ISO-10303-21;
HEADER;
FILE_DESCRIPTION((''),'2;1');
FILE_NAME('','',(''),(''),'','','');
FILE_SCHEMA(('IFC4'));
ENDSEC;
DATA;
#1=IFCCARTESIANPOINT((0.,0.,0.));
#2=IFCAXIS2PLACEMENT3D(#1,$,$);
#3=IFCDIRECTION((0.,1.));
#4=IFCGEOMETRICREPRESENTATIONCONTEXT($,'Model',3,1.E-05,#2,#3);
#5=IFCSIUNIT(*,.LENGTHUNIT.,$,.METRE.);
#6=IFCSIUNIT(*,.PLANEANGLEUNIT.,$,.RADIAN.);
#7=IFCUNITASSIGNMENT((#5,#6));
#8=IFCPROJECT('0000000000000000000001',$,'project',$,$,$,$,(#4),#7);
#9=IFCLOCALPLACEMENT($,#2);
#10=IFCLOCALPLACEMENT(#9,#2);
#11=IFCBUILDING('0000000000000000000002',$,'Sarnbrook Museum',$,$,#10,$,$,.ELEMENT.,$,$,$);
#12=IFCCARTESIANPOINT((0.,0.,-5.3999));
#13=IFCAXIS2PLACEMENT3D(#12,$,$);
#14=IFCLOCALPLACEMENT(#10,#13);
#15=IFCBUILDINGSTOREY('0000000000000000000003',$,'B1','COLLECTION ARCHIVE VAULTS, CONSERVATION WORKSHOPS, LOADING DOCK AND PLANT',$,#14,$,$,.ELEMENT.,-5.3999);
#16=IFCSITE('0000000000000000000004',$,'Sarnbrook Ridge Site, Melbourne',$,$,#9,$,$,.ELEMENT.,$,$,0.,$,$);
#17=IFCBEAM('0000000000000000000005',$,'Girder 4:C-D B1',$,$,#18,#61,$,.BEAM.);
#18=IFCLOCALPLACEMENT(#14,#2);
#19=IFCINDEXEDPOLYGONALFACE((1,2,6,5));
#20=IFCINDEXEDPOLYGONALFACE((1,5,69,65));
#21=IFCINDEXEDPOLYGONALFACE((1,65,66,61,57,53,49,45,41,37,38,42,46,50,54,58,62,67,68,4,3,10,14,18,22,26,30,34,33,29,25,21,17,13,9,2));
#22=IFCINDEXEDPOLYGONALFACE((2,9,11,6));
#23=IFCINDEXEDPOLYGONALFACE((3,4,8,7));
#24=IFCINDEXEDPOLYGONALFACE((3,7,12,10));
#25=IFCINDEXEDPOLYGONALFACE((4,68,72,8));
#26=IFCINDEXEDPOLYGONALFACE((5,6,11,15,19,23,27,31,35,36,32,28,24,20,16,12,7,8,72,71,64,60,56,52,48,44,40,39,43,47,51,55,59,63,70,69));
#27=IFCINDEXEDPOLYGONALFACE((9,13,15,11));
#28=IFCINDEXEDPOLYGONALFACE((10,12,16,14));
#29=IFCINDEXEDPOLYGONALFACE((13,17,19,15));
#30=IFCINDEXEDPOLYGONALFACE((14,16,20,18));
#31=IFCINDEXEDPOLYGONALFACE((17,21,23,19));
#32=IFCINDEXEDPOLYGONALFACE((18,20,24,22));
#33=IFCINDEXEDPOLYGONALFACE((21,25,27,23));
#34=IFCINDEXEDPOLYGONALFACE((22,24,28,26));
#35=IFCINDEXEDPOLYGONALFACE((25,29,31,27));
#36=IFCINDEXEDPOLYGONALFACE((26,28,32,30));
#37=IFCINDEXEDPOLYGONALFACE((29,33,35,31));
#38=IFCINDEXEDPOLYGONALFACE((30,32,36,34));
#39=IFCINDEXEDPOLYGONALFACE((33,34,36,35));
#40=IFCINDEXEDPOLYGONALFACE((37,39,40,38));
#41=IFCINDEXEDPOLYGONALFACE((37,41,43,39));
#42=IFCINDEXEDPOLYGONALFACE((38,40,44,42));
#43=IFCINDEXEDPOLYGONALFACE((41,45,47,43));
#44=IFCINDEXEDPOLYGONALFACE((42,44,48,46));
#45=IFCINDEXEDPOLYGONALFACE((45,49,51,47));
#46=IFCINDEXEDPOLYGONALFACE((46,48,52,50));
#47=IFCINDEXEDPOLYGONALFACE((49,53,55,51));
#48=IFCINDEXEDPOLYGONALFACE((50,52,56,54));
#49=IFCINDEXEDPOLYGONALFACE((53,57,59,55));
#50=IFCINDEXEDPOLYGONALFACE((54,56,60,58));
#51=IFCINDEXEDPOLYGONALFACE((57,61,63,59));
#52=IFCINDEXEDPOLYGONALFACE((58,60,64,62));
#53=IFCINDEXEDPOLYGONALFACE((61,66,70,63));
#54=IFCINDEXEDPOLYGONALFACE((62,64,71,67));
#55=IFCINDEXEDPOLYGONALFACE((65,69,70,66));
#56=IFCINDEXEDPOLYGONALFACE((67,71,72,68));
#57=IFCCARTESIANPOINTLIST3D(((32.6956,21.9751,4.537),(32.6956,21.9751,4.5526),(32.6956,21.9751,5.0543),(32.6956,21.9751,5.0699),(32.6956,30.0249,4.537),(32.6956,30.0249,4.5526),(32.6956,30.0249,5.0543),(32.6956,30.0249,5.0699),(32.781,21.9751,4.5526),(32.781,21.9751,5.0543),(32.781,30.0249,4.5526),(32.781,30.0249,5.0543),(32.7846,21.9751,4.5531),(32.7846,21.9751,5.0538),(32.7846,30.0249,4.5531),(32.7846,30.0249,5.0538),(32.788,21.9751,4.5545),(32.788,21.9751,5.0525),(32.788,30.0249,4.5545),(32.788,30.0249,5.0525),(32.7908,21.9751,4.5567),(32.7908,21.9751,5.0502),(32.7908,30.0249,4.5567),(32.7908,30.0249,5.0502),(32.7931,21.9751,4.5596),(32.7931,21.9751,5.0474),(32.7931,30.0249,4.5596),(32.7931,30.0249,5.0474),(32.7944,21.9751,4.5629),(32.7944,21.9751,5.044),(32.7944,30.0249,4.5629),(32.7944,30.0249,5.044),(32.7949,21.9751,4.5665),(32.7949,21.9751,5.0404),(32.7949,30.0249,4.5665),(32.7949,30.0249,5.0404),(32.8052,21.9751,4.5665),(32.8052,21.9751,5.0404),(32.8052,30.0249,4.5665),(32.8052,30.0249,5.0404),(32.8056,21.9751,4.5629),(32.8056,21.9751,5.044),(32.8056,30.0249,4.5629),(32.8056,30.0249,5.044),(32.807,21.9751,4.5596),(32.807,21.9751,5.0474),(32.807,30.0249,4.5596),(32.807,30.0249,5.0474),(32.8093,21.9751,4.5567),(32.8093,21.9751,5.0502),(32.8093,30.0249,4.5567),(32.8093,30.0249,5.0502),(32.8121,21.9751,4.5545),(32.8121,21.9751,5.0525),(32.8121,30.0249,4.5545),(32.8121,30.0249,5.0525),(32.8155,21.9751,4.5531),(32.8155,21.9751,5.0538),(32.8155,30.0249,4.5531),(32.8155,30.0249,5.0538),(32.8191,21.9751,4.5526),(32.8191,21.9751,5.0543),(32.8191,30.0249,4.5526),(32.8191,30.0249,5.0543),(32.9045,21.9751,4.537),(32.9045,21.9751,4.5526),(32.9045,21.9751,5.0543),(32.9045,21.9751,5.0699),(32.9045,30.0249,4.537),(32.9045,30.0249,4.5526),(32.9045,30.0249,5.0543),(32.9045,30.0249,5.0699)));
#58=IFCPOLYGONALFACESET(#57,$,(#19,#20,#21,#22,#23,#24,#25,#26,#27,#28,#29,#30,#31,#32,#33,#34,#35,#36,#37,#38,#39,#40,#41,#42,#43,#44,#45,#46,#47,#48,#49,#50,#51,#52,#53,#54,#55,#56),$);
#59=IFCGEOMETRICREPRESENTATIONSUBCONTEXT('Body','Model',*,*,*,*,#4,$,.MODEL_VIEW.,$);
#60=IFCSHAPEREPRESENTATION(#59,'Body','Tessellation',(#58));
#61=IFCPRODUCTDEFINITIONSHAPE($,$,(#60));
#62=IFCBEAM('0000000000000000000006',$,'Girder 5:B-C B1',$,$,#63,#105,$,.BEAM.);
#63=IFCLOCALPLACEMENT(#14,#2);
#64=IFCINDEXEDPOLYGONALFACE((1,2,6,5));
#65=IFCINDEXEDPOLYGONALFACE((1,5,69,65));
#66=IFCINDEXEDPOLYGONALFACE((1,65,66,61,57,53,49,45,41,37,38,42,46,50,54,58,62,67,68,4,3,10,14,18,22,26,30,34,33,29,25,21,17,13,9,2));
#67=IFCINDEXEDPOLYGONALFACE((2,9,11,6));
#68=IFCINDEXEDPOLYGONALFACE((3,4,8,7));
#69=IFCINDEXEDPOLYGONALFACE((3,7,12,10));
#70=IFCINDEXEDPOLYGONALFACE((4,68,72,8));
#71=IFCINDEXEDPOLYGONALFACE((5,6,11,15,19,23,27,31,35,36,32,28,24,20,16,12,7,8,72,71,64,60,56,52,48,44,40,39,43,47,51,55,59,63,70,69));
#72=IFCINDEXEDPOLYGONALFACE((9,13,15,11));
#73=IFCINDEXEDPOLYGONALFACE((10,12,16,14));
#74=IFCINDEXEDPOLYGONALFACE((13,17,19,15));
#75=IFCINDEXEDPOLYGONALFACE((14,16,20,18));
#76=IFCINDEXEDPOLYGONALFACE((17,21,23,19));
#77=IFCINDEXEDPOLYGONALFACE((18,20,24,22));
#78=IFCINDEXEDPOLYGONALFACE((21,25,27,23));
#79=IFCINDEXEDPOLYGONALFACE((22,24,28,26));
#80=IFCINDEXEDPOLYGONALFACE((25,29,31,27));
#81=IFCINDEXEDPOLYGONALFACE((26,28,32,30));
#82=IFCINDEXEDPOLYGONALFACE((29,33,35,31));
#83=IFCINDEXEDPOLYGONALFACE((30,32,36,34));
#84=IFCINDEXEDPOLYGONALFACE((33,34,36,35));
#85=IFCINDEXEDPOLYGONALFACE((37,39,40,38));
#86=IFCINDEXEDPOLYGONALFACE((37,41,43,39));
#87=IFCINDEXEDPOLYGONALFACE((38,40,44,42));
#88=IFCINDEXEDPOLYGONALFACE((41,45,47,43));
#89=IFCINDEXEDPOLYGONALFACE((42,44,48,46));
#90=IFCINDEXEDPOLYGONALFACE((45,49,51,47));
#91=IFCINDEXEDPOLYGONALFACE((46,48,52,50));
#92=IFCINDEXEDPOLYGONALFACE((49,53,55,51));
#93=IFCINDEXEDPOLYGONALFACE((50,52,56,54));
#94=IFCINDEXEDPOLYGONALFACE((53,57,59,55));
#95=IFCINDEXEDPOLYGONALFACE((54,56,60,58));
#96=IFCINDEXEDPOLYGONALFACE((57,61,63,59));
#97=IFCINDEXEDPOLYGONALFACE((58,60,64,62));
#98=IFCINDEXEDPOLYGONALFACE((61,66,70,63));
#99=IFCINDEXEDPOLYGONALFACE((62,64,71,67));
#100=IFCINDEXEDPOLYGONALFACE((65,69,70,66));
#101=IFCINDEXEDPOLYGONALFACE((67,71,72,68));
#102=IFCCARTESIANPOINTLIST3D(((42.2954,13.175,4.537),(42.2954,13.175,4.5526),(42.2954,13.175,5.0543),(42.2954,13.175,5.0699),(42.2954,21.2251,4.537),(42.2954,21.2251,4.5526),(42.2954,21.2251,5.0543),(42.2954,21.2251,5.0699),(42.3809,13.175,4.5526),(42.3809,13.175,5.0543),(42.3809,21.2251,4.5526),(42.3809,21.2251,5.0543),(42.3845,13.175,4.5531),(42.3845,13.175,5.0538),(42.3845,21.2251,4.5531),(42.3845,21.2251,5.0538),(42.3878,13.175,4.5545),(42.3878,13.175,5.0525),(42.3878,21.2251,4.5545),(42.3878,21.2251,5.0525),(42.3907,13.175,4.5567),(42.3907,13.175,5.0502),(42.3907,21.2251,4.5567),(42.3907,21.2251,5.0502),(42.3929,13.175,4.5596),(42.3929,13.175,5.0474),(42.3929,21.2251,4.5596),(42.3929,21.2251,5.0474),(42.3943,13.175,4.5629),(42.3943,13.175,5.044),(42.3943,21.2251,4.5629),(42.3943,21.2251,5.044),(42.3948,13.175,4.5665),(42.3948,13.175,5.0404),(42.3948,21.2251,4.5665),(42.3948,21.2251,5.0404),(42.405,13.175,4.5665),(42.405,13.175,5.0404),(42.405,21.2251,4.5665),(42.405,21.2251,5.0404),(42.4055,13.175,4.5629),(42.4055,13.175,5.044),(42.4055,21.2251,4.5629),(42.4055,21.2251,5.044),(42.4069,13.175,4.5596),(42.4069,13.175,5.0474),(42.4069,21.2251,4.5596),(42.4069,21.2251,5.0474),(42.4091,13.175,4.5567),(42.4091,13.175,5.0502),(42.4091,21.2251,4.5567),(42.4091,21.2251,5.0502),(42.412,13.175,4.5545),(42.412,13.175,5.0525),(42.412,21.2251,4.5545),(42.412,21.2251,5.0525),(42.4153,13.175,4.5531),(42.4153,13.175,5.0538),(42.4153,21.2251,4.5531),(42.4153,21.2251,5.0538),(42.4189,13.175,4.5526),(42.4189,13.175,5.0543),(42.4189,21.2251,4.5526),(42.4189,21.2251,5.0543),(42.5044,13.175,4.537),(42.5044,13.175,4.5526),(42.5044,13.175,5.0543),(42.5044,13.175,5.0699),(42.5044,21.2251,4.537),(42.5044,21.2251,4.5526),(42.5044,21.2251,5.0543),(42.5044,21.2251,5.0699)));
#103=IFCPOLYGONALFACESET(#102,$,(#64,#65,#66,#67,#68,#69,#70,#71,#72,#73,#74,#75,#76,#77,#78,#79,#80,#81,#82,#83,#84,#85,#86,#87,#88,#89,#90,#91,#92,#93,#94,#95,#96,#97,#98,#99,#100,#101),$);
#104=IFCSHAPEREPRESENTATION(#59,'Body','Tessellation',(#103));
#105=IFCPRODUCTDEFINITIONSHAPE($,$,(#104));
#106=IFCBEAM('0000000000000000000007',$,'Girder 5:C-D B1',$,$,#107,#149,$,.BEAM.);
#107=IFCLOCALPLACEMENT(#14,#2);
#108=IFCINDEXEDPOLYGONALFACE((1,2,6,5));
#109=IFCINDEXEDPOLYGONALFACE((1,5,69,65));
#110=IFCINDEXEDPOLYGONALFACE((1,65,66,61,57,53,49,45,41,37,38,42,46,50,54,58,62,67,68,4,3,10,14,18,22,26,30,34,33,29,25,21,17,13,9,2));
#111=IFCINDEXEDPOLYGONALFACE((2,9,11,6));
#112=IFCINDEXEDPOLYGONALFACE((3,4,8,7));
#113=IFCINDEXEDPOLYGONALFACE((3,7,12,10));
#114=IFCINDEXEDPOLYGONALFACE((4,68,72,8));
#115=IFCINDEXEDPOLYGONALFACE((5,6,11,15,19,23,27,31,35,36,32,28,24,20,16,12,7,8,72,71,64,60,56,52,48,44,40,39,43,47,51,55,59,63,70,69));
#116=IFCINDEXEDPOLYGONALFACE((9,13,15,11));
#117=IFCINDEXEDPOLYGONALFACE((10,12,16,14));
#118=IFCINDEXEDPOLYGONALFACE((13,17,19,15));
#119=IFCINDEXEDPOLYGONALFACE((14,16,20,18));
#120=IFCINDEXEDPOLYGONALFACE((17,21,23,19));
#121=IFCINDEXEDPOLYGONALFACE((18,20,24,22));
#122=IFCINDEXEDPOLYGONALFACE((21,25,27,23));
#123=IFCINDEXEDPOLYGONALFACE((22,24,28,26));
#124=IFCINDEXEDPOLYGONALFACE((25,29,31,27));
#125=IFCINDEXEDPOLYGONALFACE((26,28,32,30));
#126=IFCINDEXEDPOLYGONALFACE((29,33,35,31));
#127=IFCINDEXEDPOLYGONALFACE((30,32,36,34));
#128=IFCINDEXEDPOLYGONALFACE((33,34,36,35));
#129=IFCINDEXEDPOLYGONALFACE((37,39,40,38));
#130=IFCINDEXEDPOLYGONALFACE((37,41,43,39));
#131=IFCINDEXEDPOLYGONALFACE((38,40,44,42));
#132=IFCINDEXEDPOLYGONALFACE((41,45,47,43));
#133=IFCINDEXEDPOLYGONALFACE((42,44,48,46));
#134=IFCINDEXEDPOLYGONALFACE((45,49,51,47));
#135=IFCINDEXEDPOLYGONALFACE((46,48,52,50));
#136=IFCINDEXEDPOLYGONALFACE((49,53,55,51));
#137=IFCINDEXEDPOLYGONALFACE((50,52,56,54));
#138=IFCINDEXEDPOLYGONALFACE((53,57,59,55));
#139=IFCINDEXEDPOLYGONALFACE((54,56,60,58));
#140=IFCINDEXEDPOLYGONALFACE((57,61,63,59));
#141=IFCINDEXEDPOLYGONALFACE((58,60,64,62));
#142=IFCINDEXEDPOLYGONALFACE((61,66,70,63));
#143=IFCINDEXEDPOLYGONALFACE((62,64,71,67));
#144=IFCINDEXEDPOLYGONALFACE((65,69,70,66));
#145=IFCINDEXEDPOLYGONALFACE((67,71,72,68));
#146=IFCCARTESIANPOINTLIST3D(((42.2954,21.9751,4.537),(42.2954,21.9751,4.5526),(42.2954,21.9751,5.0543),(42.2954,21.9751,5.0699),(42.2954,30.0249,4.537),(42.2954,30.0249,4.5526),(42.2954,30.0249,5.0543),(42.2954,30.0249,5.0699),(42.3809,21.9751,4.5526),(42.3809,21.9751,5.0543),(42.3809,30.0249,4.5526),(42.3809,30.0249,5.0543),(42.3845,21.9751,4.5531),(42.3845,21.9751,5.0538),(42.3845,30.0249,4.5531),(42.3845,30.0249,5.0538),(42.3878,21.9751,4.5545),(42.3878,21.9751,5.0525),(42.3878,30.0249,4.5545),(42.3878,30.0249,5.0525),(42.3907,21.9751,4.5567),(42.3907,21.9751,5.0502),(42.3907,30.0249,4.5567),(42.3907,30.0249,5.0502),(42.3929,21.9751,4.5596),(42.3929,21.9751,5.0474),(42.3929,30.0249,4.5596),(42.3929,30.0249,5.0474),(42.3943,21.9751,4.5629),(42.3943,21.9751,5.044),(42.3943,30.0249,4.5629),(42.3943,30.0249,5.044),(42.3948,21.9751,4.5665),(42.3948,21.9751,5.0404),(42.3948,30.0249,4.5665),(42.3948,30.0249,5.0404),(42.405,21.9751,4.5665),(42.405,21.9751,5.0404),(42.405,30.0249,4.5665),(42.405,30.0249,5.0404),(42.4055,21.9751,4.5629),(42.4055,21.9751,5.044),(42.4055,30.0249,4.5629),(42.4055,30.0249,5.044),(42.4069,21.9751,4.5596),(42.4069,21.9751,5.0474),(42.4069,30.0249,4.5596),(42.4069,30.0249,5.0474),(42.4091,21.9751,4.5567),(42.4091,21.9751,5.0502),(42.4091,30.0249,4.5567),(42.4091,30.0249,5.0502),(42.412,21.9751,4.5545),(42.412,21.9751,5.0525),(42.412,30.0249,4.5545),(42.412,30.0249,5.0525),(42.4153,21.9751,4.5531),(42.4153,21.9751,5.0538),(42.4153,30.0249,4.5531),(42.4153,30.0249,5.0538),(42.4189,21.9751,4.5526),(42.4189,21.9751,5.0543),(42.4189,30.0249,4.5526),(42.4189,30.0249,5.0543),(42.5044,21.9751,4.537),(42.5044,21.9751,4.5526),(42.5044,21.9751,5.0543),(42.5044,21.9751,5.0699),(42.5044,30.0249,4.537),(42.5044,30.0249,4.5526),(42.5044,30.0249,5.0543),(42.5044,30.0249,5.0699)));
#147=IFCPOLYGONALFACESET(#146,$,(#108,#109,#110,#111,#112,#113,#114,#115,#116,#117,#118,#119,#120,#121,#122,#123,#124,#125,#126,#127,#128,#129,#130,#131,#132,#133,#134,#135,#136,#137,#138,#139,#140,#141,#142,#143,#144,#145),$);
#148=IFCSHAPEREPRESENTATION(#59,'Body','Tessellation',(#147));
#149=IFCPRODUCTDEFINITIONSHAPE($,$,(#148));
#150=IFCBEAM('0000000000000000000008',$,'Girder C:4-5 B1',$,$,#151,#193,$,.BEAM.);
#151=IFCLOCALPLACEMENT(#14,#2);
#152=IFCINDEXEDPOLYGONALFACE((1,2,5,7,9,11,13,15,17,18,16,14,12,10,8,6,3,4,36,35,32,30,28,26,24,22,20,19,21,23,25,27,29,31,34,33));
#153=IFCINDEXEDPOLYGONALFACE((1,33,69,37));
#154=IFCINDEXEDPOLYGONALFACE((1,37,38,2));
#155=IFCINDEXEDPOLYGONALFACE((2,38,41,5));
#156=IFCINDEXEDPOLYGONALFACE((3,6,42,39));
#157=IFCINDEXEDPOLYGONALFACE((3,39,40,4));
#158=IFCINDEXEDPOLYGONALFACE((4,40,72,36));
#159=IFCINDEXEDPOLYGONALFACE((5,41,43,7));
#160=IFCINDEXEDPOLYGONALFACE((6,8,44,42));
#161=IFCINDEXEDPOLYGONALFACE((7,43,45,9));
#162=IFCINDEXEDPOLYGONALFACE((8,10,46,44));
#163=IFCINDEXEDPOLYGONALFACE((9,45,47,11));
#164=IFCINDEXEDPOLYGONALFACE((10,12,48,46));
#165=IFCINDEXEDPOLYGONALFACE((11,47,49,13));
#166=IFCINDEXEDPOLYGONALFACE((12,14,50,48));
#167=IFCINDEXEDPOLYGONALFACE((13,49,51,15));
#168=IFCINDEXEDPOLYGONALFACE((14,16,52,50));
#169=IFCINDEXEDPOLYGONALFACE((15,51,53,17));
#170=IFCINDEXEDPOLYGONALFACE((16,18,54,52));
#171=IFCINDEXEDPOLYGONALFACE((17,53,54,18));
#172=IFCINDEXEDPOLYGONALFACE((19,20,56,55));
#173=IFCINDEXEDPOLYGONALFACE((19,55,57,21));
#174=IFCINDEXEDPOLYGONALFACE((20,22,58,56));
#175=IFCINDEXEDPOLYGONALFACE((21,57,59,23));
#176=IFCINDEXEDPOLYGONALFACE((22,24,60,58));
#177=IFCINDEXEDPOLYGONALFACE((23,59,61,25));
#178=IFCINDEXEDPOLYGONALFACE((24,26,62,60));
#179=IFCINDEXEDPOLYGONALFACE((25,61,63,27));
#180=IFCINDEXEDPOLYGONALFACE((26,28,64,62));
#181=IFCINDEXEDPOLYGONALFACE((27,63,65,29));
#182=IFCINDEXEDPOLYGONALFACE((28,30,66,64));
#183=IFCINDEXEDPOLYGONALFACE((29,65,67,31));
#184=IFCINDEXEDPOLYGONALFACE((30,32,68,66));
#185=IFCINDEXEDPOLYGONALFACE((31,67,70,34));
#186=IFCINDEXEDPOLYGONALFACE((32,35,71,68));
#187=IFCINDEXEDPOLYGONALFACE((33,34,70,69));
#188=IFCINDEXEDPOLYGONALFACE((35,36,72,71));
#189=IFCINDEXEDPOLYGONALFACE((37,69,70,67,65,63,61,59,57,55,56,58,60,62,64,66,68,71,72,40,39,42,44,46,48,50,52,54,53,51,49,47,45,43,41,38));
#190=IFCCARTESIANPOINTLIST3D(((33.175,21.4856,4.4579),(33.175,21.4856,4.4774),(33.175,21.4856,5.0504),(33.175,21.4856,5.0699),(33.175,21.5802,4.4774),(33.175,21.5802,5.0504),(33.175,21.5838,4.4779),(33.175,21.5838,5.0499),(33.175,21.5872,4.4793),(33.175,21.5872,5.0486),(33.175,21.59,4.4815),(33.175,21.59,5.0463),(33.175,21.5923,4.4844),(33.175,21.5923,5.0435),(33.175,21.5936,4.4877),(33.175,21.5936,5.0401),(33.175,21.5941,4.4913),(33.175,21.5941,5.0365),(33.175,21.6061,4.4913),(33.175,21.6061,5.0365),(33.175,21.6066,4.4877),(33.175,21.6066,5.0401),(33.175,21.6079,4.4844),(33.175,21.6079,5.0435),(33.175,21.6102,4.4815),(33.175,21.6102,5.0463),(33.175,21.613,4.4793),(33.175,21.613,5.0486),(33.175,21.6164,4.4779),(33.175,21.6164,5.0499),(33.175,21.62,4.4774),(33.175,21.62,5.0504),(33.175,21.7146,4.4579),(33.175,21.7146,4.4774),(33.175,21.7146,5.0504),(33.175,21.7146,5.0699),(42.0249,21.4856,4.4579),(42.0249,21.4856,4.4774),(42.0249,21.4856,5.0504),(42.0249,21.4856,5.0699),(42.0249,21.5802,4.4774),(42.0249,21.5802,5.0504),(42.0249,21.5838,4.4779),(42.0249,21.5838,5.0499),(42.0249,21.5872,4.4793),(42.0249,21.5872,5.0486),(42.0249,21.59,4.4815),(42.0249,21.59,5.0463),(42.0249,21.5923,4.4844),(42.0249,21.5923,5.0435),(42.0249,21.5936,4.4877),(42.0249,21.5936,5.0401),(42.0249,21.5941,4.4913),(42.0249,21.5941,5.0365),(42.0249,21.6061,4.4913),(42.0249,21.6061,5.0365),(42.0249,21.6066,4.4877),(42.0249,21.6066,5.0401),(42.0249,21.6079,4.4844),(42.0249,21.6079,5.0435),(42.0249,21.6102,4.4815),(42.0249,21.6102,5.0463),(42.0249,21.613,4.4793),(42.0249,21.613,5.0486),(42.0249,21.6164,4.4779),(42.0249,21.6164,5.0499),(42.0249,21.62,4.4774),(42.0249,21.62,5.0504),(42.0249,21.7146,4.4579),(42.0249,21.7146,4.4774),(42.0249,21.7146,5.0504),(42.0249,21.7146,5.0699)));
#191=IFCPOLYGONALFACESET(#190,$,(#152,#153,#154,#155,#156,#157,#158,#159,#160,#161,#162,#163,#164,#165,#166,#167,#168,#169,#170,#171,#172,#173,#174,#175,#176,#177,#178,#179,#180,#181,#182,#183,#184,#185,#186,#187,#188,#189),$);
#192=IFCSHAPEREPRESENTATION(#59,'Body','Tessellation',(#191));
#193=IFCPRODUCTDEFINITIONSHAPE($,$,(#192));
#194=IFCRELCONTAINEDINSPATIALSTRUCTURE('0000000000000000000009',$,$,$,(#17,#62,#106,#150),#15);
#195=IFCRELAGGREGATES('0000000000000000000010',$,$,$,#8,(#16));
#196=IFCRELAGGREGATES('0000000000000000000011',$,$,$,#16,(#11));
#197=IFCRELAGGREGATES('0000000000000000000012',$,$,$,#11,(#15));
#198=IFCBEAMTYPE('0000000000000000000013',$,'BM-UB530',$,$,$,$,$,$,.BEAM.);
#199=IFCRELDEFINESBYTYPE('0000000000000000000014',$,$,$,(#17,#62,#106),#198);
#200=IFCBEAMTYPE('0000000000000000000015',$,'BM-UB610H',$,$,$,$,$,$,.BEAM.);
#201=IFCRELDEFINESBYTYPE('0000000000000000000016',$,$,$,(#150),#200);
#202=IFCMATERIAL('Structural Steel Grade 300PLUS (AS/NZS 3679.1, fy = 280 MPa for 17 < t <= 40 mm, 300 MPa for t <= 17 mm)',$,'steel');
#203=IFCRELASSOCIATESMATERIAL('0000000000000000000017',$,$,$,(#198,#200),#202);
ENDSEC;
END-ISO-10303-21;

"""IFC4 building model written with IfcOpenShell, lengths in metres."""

from ifc_helpers import new_model, si_unit, direction, frame, origin, origin_2d, place, context, subcontext, project, spatial, i_section, extrude, material, material_profile, profile_set, type_object, element, save


model = new_model("IFC4")

# Units and contexts
model_context = context("Model", 3, precision=1e-05, world=origin(), true_north=direction((0.0, 1.0)))
body_context = subcontext(model_context, "Body", "Model", "MODEL_VIEW")
ifc_project = project(units=[si_unit("LENGTHUNIT", "METRE"), si_unit("PLANEANGLEUNIT", "RADIAN")], contexts=[model_context])

# Site, building, storey
site_placement = place(None, origin())
site = spatial("IfcSite", under=ifc_project, at=site_placement, Name="Sarnbrook Ridge Site, Melbourne", CompositionType="ELEMENT", RefElevation=0.0)
building_placement = place(site_placement, origin())
building = spatial("IfcBuilding", under=site, at=building_placement, Name="Sarnbrook Museum", CompositionType="ELEMENT")
storey_placement = place(building_placement, frame((0.0, 0.0, -5.3999)))
storey = spatial("IfcBuildingStorey", under=building, at=storey_placement, Name="B1", Description="COLLECTION ARCHIVE VAULTS, CONSERVATION WORKSHOPS, LOADING DOCK AND PLANT", CompositionType="ELEMENT", Elevation=-5.3999)

# Beams
ifc_material_1 = material(Name="Structural Steel Grade 300PLUS (AS/NZS 3679.1, fy = 280 MPa for 17 < t <= 40 mm, 300 MPa for t <= 17 mm)", Category="steel")
ifc_material_profile_1 = material_profile(ifc_material_1, i_section(OverallWidth=0.209, OverallDepth=0.533, WebThickness=0.0103, FlangeThickness=0.0156, FilletRadius=0.0139, at=origin_2d()), Name="530UB92.4")
ifc_profile_set_1 = profile_set([ifc_material_profile_1], Name="Structural Steel Grade 300PLUS (AS/NZS 3679.1, fy = 280 MPa for 17 < t <= 40 mm, 300 MPa for t <= 17 mm)")
beam_type_1 = type_object("IfcBeamType", Name="BM-UB530", PredefinedType="BEAM", material=ifc_profile_set_1)
beam_1_placement = place(storey_placement, frame((32.8, 21.9751, 4.8035), z_axis=(0.0, 1.0, 0.0), x_axis=(-1.0, 0.0, 0.0)))
element("IfcBeam", 1, at=beam_1_placement, inside=storey, type_object=beam_type_1, Name="Girder 4:C-D B1", PredefinedType="BEAM", context=body_context, shape_type="SweptSolid", body=[
    extrude(i_section(OverallWidth=0.209, OverallDepth=0.533, WebThickness=0.0103, FlangeThickness=0.0156, FilletRadius=0.0139, at=origin_2d()), origin(), (0.0, 0.0, 1.0), 8.0498),
])
beam_2_placement = place(storey_placement, frame((42.3999, 13.175, 4.8035), z_axis=(0.0, 1.0, 0.0), x_axis=(-1.0, 0.0, 0.0)))
element("IfcBeam", 2, at=beam_2_placement, inside=storey, type_object=beam_type_1, Name="Girder 5:B-C B1", PredefinedType="BEAM", context=body_context, shape_type="SweptSolid", body=[
    extrude(i_section(OverallWidth=0.209, OverallDepth=0.533, WebThickness=0.0103, FlangeThickness=0.0156, FilletRadius=0.0139, at=origin_2d()), origin(), (0.0, 0.0, 1.0), 8.05),
])
beam_3_placement = place(storey_placement, frame((42.3999, 21.9751, 4.8035), z_axis=(0.0, 1.0, 0.0), x_axis=(-1.0, 0.0, 0.0)))
element("IfcBeam", 3, at=beam_3_placement, inside=storey, type_object=beam_type_1, Name="Girder 5:C-D B1", PredefinedType="BEAM", context=body_context, shape_type="SweptSolid", body=[
    extrude(i_section(OverallWidth=0.209, OverallDepth=0.533, WebThickness=0.0103, FlangeThickness=0.0156, FilletRadius=0.0139, at=origin_2d()), origin(), (0.0, 0.0, 1.0), 8.0498),
])
ifc_material_profile_2 = material_profile(ifc_material_1, i_section(OverallWidth=0.229, OverallDepth=0.6121, WebThickness=0.012, FlangeThickness=0.0195, FilletRadius=0.0139, at=origin_2d()), Name="610UB125")
ifc_profile_set_2 = profile_set([ifc_material_profile_2], Name="Structural Steel Grade 300PLUS (AS/NZS 3679.1, fy = 280 MPa for 17 < t <= 40 mm, 300 MPa for t <= 17 mm)")
beam_type_2 = type_object("IfcBeamType", Name="BM-UB610H", PredefinedType="BEAM", material=ifc_profile_set_2)
beam_4_placement = place(storey_placement, frame((33.175, 21.6001, 4.7639), z_axis=(1.0, 0.0, 0.0), x_axis=(0.0, 1.0, 0.0)))
element("IfcBeam", 4, at=beam_4_placement, inside=storey, type_object=beam_type_2, Name="Girder C:4-5 B1", PredefinedType="BEAM", context=body_context, shape_type="SweptSolid", body=[
    extrude(i_section(OverallWidth=0.229, OverallDepth=0.6121, WebThickness=0.012, FlangeThickness=0.0195, FilletRadius=0.0139, at=origin_2d()), origin(), (0.0, 0.0, 1.0), 8.8499),
])

save(model, "model.ifc")
